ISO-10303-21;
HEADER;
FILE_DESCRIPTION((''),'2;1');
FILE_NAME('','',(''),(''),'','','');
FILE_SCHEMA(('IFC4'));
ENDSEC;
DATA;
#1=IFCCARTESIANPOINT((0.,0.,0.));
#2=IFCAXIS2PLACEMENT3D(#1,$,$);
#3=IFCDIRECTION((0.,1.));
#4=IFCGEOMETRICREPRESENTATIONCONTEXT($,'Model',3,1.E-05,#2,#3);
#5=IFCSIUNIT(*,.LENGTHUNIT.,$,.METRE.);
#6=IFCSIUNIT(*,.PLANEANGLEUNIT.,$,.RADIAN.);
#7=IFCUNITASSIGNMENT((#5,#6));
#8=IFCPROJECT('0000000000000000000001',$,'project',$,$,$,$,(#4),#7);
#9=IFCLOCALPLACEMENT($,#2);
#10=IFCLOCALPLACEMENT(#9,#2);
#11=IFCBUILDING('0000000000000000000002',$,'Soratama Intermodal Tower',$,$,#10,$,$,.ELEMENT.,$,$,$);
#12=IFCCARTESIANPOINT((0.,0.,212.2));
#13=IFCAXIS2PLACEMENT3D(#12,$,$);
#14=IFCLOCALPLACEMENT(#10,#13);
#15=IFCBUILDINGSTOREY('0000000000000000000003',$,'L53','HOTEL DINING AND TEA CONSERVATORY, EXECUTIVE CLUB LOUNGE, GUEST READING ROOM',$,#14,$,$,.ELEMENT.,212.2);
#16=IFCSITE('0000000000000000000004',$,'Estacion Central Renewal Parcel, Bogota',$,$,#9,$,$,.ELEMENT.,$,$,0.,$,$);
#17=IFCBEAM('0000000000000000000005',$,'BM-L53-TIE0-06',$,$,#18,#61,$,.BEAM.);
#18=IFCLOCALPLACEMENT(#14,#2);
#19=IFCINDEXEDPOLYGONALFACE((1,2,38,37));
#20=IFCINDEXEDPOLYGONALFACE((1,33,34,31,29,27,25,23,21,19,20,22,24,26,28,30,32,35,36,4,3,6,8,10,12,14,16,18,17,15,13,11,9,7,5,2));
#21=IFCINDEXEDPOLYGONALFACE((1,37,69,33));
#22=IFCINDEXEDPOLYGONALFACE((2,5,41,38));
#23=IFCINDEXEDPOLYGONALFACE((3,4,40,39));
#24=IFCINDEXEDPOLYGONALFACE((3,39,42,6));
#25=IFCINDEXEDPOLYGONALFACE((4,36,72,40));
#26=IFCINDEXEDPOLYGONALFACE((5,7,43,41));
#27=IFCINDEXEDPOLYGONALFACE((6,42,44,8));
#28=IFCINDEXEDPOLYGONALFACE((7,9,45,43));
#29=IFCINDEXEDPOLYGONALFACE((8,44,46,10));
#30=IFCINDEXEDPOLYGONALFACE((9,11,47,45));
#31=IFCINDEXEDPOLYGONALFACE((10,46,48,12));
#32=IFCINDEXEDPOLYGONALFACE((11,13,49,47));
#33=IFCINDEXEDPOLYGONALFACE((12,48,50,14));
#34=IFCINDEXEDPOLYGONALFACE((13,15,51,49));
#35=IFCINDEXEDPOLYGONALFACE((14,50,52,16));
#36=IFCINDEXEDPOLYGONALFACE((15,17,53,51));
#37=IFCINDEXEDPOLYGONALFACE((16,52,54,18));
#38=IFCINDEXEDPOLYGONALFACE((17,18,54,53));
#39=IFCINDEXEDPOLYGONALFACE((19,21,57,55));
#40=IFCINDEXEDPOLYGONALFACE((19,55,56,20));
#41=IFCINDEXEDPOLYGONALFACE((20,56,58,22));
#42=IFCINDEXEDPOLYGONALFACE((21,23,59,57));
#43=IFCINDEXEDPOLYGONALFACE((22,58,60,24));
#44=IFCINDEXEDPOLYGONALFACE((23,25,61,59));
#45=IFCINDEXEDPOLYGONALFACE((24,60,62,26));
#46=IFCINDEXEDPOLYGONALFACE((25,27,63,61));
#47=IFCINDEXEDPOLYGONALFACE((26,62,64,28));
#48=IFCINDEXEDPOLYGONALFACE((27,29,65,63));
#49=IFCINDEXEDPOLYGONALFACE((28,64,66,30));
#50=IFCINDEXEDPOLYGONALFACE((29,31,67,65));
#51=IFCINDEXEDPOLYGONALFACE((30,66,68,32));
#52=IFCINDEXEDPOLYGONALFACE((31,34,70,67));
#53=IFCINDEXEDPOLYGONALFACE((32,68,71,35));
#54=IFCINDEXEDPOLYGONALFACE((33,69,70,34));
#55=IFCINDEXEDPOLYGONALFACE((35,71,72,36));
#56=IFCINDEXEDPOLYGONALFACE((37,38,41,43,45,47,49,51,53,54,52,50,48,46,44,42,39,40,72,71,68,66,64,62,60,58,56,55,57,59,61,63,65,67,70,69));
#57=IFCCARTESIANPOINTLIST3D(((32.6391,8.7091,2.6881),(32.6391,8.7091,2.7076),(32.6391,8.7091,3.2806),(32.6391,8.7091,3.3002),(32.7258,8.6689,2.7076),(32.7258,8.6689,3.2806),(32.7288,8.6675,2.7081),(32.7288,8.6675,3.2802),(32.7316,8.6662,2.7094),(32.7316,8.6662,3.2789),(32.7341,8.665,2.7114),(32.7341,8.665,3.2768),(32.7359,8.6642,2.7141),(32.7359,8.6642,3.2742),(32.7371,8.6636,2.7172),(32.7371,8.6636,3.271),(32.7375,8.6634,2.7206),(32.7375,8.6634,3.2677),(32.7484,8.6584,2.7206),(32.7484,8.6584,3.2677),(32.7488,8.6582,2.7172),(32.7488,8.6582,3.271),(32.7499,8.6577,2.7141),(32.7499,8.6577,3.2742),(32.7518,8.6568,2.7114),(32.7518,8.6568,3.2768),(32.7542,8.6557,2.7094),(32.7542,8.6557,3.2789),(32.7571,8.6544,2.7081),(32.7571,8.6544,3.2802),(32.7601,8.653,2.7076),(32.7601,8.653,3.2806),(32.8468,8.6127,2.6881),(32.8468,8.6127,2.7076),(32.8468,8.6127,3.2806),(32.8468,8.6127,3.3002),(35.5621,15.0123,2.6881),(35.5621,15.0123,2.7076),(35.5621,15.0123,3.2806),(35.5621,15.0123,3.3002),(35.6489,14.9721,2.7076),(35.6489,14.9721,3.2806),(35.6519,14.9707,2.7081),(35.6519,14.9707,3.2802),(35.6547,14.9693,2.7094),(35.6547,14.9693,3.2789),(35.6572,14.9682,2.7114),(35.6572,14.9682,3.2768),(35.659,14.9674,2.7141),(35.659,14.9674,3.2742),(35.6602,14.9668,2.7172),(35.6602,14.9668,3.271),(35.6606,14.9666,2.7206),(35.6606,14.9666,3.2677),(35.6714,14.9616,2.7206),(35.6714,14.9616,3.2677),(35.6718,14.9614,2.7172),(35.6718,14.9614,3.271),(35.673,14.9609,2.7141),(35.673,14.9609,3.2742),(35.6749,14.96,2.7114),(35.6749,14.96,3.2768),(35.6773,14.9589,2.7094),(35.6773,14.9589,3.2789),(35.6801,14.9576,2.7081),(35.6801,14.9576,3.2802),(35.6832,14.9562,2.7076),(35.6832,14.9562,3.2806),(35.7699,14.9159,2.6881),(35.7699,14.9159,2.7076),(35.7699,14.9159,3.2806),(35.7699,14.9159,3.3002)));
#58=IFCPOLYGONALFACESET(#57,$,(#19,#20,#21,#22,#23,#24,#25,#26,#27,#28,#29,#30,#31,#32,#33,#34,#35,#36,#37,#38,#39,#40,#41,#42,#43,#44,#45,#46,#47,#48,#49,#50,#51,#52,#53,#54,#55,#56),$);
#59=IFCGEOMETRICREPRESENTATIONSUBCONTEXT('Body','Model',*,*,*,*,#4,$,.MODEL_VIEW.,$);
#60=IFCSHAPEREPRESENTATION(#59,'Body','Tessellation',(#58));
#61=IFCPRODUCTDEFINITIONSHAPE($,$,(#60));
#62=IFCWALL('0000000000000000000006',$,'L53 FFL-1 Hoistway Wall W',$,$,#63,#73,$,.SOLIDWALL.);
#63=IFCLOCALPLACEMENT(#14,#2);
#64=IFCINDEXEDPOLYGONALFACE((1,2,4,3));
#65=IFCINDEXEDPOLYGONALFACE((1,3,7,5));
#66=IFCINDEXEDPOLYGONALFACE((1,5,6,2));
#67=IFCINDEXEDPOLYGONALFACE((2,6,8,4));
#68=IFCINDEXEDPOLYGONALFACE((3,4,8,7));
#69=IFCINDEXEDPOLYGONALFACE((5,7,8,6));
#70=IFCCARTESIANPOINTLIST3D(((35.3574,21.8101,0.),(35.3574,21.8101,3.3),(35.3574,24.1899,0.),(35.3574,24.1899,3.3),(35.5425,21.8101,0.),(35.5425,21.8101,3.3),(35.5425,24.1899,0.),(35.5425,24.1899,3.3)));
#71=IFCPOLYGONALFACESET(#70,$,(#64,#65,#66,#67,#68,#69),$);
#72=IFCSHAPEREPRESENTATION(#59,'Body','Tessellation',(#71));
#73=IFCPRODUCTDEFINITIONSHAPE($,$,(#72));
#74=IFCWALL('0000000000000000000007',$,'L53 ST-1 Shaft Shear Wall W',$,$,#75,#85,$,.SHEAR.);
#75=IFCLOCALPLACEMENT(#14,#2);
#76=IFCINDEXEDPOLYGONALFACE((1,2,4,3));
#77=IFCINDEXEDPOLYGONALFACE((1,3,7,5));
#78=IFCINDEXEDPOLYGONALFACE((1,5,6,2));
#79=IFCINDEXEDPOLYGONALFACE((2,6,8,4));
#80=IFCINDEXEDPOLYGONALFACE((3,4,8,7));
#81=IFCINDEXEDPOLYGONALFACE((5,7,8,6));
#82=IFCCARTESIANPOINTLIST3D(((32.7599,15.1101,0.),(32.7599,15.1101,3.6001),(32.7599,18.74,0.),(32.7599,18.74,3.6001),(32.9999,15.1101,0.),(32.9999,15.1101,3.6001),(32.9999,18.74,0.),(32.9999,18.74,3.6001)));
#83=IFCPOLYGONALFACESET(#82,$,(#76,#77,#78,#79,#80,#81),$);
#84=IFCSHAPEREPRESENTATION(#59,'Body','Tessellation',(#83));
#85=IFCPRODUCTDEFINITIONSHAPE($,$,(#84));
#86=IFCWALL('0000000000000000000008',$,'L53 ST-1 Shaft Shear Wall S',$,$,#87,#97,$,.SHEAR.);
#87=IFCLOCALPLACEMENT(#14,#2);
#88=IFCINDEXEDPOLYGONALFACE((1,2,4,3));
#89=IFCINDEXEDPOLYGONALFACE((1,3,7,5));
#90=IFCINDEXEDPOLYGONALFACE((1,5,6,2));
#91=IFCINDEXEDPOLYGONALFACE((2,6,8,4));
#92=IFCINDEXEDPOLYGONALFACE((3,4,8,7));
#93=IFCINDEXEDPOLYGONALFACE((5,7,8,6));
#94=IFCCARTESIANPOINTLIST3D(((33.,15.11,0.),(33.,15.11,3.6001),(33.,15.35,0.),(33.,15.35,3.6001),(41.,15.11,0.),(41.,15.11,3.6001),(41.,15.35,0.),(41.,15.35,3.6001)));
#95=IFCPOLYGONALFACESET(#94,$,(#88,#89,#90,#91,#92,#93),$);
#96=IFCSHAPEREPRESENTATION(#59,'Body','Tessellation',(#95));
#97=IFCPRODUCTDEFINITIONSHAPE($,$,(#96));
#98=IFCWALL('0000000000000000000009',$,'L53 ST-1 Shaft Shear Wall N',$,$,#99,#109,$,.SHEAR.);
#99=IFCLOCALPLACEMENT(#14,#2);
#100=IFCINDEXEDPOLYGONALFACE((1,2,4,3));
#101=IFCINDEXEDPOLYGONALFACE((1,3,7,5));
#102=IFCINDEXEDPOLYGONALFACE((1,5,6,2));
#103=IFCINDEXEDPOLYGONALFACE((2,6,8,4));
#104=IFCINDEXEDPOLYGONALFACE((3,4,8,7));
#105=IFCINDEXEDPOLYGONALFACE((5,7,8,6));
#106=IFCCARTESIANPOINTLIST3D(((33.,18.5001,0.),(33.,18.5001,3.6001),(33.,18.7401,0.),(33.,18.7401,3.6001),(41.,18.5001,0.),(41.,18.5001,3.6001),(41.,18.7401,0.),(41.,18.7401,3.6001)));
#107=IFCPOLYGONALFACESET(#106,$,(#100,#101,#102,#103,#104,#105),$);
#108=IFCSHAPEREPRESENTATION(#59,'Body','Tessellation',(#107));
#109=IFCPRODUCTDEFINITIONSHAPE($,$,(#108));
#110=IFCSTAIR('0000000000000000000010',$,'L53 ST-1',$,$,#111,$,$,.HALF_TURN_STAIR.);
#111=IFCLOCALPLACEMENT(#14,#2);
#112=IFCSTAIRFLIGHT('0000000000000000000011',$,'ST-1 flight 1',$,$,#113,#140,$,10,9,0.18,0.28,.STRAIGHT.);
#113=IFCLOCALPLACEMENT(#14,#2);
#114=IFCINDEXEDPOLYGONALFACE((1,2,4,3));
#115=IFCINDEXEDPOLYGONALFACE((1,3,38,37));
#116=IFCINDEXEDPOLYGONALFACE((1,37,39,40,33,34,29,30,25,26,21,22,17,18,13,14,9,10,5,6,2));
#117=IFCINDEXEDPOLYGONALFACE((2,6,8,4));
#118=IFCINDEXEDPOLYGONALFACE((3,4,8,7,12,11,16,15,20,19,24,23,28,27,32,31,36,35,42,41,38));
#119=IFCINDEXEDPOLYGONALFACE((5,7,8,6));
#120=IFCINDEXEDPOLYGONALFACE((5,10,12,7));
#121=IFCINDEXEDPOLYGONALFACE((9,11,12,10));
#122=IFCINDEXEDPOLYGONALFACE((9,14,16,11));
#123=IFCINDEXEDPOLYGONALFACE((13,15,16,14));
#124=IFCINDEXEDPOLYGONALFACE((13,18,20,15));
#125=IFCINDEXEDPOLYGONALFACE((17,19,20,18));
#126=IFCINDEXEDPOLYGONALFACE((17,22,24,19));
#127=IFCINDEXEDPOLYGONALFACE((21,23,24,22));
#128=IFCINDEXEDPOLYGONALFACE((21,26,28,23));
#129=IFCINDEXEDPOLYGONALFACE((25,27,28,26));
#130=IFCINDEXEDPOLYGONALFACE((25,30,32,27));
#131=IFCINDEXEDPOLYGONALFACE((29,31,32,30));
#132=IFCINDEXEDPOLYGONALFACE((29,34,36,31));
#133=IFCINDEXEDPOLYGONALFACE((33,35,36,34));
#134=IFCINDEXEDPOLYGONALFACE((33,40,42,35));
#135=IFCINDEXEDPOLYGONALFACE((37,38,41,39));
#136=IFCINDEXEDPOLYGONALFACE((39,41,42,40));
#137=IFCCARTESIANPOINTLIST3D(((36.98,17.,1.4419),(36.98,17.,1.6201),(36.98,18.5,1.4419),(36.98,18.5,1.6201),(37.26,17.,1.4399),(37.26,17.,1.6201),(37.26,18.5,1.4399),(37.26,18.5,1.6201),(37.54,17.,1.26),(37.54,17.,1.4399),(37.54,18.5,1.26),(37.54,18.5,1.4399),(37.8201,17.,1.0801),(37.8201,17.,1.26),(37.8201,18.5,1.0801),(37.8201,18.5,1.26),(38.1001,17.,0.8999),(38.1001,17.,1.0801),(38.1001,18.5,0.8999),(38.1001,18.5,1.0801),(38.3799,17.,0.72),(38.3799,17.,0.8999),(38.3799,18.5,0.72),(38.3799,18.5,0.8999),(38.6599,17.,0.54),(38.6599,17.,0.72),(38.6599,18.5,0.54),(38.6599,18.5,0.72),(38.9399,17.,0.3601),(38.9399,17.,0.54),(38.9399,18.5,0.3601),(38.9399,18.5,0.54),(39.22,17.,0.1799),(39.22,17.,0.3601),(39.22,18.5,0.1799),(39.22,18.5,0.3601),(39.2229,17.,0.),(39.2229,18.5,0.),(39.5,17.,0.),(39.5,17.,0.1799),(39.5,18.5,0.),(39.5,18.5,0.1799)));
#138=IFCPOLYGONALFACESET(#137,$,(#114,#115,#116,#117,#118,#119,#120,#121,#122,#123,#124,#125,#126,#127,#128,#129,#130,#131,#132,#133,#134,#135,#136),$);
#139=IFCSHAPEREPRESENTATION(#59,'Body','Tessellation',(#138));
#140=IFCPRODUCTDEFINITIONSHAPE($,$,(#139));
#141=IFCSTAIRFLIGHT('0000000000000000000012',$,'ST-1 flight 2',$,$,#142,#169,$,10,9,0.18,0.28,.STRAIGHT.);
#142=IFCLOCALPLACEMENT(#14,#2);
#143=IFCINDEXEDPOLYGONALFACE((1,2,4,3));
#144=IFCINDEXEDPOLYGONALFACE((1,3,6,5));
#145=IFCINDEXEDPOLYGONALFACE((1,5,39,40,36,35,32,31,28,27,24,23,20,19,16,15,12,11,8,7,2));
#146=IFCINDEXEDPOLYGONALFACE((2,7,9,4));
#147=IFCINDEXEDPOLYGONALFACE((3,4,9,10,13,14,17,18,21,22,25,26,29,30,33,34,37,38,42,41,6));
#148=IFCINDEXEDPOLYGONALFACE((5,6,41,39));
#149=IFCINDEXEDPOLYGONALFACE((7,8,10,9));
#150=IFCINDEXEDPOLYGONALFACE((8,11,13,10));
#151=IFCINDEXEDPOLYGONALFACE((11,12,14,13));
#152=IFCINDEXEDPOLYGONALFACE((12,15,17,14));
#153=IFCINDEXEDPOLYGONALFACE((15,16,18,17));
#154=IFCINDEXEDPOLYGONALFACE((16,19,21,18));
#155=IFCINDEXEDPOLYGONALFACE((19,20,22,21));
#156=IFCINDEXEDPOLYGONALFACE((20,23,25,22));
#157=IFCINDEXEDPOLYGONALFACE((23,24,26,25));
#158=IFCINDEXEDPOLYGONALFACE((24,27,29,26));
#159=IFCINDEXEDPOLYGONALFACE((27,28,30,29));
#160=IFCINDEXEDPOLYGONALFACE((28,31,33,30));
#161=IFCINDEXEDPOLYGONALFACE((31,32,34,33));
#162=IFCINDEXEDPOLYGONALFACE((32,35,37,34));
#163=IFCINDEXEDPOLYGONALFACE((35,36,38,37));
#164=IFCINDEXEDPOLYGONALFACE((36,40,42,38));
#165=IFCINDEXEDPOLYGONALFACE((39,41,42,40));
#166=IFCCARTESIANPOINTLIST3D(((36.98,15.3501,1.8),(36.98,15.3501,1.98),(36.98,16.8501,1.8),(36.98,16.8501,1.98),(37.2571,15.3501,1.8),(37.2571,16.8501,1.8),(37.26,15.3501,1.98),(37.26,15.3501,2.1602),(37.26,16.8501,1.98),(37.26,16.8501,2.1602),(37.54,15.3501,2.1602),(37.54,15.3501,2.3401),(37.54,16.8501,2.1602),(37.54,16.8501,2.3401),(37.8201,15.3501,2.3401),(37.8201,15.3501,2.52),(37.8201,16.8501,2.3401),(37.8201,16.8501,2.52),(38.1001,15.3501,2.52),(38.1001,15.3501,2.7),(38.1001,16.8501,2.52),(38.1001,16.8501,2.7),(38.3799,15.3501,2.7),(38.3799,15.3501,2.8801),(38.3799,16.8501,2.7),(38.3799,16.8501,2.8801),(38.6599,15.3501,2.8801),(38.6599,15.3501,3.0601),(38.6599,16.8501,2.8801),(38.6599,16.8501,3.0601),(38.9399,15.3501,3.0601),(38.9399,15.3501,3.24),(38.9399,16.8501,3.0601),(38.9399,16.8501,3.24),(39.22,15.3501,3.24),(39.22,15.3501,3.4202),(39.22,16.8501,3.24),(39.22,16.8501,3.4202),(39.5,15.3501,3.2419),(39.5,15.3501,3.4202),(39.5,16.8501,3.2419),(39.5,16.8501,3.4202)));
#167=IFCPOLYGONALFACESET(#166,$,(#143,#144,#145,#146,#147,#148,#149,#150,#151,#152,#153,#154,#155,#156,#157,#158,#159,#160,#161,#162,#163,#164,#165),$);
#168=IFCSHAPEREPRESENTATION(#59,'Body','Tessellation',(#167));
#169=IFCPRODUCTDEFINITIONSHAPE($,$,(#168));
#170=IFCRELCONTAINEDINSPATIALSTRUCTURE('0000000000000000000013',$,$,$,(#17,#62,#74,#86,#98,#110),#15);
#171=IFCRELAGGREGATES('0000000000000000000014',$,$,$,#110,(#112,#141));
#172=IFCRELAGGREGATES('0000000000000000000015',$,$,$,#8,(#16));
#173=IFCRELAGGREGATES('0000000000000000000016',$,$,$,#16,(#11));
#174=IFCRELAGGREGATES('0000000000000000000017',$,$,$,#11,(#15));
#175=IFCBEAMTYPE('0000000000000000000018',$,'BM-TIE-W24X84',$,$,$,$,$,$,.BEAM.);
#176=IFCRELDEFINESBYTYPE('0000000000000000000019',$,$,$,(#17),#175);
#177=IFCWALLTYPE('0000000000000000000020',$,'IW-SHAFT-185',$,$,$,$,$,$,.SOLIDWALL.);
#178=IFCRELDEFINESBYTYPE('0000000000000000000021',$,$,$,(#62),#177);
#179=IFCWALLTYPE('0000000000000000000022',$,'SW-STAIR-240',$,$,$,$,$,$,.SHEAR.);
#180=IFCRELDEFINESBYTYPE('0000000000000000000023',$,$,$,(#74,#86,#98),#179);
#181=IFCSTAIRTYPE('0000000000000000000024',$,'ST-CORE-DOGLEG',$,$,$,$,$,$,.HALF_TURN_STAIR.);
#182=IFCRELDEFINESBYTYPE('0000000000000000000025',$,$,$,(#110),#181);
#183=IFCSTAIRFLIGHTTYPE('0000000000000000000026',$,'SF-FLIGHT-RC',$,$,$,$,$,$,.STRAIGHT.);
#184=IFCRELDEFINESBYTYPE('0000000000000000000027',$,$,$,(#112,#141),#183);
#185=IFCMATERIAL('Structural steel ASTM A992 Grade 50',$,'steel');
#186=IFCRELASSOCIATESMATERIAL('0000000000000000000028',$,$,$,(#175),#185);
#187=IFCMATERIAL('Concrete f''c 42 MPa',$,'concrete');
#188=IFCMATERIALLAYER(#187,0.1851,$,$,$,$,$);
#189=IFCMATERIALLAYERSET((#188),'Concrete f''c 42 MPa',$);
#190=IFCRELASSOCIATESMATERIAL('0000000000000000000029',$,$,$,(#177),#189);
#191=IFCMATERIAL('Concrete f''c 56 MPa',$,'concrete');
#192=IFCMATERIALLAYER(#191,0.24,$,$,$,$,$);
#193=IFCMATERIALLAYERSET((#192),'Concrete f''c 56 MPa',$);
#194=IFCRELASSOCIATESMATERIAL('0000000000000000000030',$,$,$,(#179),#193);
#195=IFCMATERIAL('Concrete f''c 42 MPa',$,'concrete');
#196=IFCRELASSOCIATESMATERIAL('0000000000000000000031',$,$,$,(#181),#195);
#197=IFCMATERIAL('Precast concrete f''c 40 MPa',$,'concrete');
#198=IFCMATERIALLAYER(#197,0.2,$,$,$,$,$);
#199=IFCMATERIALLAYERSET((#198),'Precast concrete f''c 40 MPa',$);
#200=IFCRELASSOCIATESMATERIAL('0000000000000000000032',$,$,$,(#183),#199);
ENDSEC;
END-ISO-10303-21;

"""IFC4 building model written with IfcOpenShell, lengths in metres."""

from ifc_helpers import new_model, si_unit, direction, frame, frame_2d, origin, origin_2d, place, context, subcontext, project, spatial, polyline, rectangle, i_section, outline, extrude, material, layer, layer_set, material_profile, profile_set, type_object, element, aggregate, save


model = new_model("IFC4")

# Units and contexts
model_context = context("Model", 3, precision=1e-05, world=origin(), true_north=direction((0.0, 1.0)))
body_context = subcontext(model_context, "Body", "Model", "MODEL_VIEW")
ifc_project = project(units=[si_unit("LENGTHUNIT", "METRE"), si_unit("PLANEANGLEUNIT", "RADIAN")], contexts=[model_context])

# Site, building, storey
site_placement = place(None, origin())
site = spatial("IfcSite", under=ifc_project, at=site_placement, Name="Estacion Central Renewal Parcel, Bogota", CompositionType="ELEMENT", RefElevation=0.0)
building_placement = place(site_placement, origin())
building = spatial("IfcBuilding", under=site, at=building_placement, Name="Soratama Intermodal Tower", CompositionType="ELEMENT")
storey_placement = place(building_placement, frame((0.0, 0.0, 212.2)))
storey = spatial("IfcBuildingStorey", under=building, at=storey_placement, Name="L53", Description="HOTEL DINING AND TEA CONSERVATORY, EXECUTIVE CLUB LOUNGE, GUEST READING ROOM", CompositionType="ELEMENT", Elevation=212.2)

# Beam
ifc_material_1 = material(Name="Structural steel ASTM A992 Grade 50", Category="steel")
ifc_material_profile_1 = material_profile(ifc_material_1, i_section(OverallWidth=0.229, OverallDepth=0.6121, WebThickness=0.012, FlangeThickness=0.0195, FilletRadius=0.0129, at=origin_2d()), Name="W24X84")
ifc_profile_set_1 = profile_set([ifc_material_profile_1], Name="Structural steel ASTM A992 Grade 50")
beam_type_1 = type_object("IfcBeamType", Name="BM-TIE-W24X84", PredefinedType="BEAM", material=ifc_profile_set_1)
beam_1_placement = place(storey_placement, frame((35.666, 14.9641, 2.9941), z_axis=(-0.420709, -0.907196, 0.0), x_axis=(0.907196, -0.420709, 0.0)))
element("IfcBeam", 1, at=beam_1_placement, inside=storey, type_object=beam_type_1, Name="BM-L53-TIE0-06", PredefinedType="BEAM", context=body_context, shape_type="SweptSolid", body=[
    extrude(i_section(OverallWidth=0.229, OverallDepth=0.6121, WebThickness=0.012, FlangeThickness=0.0195, FilletRadius=0.0129, at=origin_2d()), origin(), (0.0, 0.0, 1.0), 6.948),
])

# Shared definitions
ifc_material_2 = material(Name="Concrete f'c 42 MPa", Category="concrete")
ifc_layer_1 = layer(ifc_material_2, 0.1851)
ifc_layer_set_1 = layer_set([ifc_layer_1], Name="Concrete f'c 42 MPa")
wall_type_1 = type_object("IfcWallType", Name="IW-SHAFT-185", PredefinedType="SOLIDWALL", material=ifc_layer_set_1)

# Wall
wall_1_placement = place(storey_placement, frame((35.45, 21.8101, 0.0), z_axis=(0.0, 0.0, 1.0), x_axis=(0.0, 1.0, 0.0)))
element("IfcWall", 2, at=wall_1_placement, inside=storey, type_object=wall_type_1, Name="L53 FFL-1 Hoistway Wall W", PredefinedType="SOLIDWALL", context=body_context, shape_type="SweptSolid", body=[
    extrude(rectangle(XDim=2.3799, YDim=0.1851, at=frame_2d((1.1899, 0.0))), origin(), (0.0, 0.0, 1.0), 3.3),
])

# Walls
ifc_material_3 = material(Name="Concrete f'c 56 MPa", Category="concrete")
ifc_layer_2 = layer(ifc_material_3, 0.24)
ifc_layer_set_2 = layer_set([ifc_layer_2], Name="Concrete f'c 56 MPa")
wall_type_2 = type_object("IfcWallType", Name="SW-STAIR-240", PredefinedType="SHEAR", material=ifc_layer_set_2)
wall_2_placement = place(storey_placement, frame((32.8799, 15.1101, 0.0), z_axis=(0.0, 0.0, 1.0), x_axis=(0.0, 1.0, 0.0)))
element("IfcWall", 3, at=wall_2_placement, inside=storey, type_object=wall_type_2, Name="L53 ST-1 Shaft Shear Wall W", PredefinedType="SHEAR", context=body_context, shape_type="SweptSolid", body=[
    extrude(rectangle(XDim=3.6299, YDim=0.24, at=frame_2d((1.8149, 0.0))), origin(), (0.0, 0.0, 1.0), 3.6001),
])
for number, where, z_axis, x_axis, name in (
    (4, (33.0, 15.23, 0.0), (0.0, 0.0, 1.0), (1.0, 0.0, 0.0), "L53 ST-1 Shaft Shear Wall S"),
    (5, (33.0, 18.6201, 0.0), (0.0, 0.0, 1.0), (1.0, 0.0, 0.0), "L53 ST-1 Shaft Shear Wall N"),
):
    element("IfcWall", number, at=place(storey_placement, frame(where, z_axis=z_axis, x_axis=x_axis)), inside=storey, type_object=wall_type_2, Name=name, PredefinedType="SHEAR", context=body_context, shape_type="SweptSolid", body=[
        extrude(rectangle(XDim=8.0, YDim=0.24, at=frame_2d((4.0, 0.0))), origin(), (0.0, 0.0, 1.0), 3.6001),
    ])

# Stair, stair flights
ifc_material_4 = material(Name="Concrete f'c 42 MPa", Category="concrete")
stair_type = type_object("IfcStairType", Name="ST-CORE-DOGLEG", PredefinedType="HALF_TURN_STAIR", material=ifc_material_4)
stair_placement = place(storey_placement, origin())
stair = element("IfcStair", 6, at=stair_placement, inside=storey, type_object=stair_type, Name="L53 ST-1", PredefinedType="HALF_TURN_STAIR")
ifc_material_5 = material(Name="Precast concrete f'c 40 MPa", Category="concrete")
ifc_layer_3 = layer(ifc_material_5, 0.2)
ifc_layer_set_3 = layer_set([ifc_layer_3], Name="Precast concrete f'c 40 MPa")
stair_flight_type = type_object("IfcStairFlightType", Name="SF-FLIGHT-RC", PredefinedType="STRAIGHT", material=ifc_layer_set_3)
stair_flight_1_placement = place(storey_placement, frame((39.5, 17.75, 0.0), z_axis=(0.0, 0.0, 1.0), x_axis=(-1.0, 0.0, 0.0)))
stair_flight_1 = element("IfcStairFlight", 7, at=stair_flight_1_placement, type_object=stair_flight_type, Name="ST-1 flight 1", NumberOfRisers=10, NumberOfTreads=9, PredefinedType="STRAIGHT", RiserHeight=0.18, TreadLength=0.28, context=body_context, shape_type="SweptSolid", body=[
    extrude(outline(polyline([(0.0, 0.0), (0.0, 0.1799), (0.28, 0.1799), (0.28, 0.3601), (0.5601, 0.3601), (0.5601, 0.54), (0.8401, 0.54), (0.8401, 0.72), (1.1201, 0.72), (1.1201, 0.8999), (1.3999, 0.8999), (1.3999, 1.0801), (1.6799, 1.0801), (1.6799, 1.26), (1.96, 1.26), (1.96, 1.4399), (2.24, 1.4399), (2.24, 1.6201), (2.52, 1.6201), (2.52, 1.8), (2.52, 1.4419), (0.2771, 0.0), (0.0, 0.0)])), frame((0.0, 0.75, 0.0), z_axis=(0.0, -1.0, 0.0), x_axis=(1.0, 0.0, 0.0)), (0.0, 0.0, 1.0), 1.5),
])
stair_flight_2_placement = place(storey_placement, frame((36.98, 16.1001, 1.8), z_axis=(0.0, 0.0, 1.0), x_axis=(1.0, 0.0, 0.0)))
stair_flight_2 = element("IfcStairFlight", 8, at=stair_flight_2_placement, type_object=stair_flight_type, Name="ST-1 flight 2", NumberOfRisers=10, NumberOfTreads=9, PredefinedType="STRAIGHT", RiserHeight=0.18, TreadLength=0.28, context=body_context, shape_type="SweptSolid", body=[
    extrude(outline(polyline([(0.0, 0.0), (0.0, 0.1799), (0.28, 0.1799), (0.28, 0.3601), (0.5601, 0.3601), (0.5601, 0.54), (0.8401, 0.54), (0.8401, 0.72), (1.1201, 0.72), (1.1201, 0.8999), (1.3999, 0.8999), (1.3999, 1.0801), (1.6799, 1.0801), (1.6799, 1.26), (1.96, 1.26), (1.96, 1.4399), (2.24, 1.4399), (2.24, 1.6201), (2.52, 1.6201), (2.52, 1.8), (2.52, 1.4419), (0.2771, 0.0), (0.0, 0.0)])), frame((0.0, 0.75, 0.0), z_axis=(0.0, -1.0, 0.0), x_axis=(1.0, 0.0, 0.0)), (0.0, 0.0, 1.0), 1.5),
])
aggregate(stair, [stair_flight_1, stair_flight_2])

save(model, "model.ifc")
